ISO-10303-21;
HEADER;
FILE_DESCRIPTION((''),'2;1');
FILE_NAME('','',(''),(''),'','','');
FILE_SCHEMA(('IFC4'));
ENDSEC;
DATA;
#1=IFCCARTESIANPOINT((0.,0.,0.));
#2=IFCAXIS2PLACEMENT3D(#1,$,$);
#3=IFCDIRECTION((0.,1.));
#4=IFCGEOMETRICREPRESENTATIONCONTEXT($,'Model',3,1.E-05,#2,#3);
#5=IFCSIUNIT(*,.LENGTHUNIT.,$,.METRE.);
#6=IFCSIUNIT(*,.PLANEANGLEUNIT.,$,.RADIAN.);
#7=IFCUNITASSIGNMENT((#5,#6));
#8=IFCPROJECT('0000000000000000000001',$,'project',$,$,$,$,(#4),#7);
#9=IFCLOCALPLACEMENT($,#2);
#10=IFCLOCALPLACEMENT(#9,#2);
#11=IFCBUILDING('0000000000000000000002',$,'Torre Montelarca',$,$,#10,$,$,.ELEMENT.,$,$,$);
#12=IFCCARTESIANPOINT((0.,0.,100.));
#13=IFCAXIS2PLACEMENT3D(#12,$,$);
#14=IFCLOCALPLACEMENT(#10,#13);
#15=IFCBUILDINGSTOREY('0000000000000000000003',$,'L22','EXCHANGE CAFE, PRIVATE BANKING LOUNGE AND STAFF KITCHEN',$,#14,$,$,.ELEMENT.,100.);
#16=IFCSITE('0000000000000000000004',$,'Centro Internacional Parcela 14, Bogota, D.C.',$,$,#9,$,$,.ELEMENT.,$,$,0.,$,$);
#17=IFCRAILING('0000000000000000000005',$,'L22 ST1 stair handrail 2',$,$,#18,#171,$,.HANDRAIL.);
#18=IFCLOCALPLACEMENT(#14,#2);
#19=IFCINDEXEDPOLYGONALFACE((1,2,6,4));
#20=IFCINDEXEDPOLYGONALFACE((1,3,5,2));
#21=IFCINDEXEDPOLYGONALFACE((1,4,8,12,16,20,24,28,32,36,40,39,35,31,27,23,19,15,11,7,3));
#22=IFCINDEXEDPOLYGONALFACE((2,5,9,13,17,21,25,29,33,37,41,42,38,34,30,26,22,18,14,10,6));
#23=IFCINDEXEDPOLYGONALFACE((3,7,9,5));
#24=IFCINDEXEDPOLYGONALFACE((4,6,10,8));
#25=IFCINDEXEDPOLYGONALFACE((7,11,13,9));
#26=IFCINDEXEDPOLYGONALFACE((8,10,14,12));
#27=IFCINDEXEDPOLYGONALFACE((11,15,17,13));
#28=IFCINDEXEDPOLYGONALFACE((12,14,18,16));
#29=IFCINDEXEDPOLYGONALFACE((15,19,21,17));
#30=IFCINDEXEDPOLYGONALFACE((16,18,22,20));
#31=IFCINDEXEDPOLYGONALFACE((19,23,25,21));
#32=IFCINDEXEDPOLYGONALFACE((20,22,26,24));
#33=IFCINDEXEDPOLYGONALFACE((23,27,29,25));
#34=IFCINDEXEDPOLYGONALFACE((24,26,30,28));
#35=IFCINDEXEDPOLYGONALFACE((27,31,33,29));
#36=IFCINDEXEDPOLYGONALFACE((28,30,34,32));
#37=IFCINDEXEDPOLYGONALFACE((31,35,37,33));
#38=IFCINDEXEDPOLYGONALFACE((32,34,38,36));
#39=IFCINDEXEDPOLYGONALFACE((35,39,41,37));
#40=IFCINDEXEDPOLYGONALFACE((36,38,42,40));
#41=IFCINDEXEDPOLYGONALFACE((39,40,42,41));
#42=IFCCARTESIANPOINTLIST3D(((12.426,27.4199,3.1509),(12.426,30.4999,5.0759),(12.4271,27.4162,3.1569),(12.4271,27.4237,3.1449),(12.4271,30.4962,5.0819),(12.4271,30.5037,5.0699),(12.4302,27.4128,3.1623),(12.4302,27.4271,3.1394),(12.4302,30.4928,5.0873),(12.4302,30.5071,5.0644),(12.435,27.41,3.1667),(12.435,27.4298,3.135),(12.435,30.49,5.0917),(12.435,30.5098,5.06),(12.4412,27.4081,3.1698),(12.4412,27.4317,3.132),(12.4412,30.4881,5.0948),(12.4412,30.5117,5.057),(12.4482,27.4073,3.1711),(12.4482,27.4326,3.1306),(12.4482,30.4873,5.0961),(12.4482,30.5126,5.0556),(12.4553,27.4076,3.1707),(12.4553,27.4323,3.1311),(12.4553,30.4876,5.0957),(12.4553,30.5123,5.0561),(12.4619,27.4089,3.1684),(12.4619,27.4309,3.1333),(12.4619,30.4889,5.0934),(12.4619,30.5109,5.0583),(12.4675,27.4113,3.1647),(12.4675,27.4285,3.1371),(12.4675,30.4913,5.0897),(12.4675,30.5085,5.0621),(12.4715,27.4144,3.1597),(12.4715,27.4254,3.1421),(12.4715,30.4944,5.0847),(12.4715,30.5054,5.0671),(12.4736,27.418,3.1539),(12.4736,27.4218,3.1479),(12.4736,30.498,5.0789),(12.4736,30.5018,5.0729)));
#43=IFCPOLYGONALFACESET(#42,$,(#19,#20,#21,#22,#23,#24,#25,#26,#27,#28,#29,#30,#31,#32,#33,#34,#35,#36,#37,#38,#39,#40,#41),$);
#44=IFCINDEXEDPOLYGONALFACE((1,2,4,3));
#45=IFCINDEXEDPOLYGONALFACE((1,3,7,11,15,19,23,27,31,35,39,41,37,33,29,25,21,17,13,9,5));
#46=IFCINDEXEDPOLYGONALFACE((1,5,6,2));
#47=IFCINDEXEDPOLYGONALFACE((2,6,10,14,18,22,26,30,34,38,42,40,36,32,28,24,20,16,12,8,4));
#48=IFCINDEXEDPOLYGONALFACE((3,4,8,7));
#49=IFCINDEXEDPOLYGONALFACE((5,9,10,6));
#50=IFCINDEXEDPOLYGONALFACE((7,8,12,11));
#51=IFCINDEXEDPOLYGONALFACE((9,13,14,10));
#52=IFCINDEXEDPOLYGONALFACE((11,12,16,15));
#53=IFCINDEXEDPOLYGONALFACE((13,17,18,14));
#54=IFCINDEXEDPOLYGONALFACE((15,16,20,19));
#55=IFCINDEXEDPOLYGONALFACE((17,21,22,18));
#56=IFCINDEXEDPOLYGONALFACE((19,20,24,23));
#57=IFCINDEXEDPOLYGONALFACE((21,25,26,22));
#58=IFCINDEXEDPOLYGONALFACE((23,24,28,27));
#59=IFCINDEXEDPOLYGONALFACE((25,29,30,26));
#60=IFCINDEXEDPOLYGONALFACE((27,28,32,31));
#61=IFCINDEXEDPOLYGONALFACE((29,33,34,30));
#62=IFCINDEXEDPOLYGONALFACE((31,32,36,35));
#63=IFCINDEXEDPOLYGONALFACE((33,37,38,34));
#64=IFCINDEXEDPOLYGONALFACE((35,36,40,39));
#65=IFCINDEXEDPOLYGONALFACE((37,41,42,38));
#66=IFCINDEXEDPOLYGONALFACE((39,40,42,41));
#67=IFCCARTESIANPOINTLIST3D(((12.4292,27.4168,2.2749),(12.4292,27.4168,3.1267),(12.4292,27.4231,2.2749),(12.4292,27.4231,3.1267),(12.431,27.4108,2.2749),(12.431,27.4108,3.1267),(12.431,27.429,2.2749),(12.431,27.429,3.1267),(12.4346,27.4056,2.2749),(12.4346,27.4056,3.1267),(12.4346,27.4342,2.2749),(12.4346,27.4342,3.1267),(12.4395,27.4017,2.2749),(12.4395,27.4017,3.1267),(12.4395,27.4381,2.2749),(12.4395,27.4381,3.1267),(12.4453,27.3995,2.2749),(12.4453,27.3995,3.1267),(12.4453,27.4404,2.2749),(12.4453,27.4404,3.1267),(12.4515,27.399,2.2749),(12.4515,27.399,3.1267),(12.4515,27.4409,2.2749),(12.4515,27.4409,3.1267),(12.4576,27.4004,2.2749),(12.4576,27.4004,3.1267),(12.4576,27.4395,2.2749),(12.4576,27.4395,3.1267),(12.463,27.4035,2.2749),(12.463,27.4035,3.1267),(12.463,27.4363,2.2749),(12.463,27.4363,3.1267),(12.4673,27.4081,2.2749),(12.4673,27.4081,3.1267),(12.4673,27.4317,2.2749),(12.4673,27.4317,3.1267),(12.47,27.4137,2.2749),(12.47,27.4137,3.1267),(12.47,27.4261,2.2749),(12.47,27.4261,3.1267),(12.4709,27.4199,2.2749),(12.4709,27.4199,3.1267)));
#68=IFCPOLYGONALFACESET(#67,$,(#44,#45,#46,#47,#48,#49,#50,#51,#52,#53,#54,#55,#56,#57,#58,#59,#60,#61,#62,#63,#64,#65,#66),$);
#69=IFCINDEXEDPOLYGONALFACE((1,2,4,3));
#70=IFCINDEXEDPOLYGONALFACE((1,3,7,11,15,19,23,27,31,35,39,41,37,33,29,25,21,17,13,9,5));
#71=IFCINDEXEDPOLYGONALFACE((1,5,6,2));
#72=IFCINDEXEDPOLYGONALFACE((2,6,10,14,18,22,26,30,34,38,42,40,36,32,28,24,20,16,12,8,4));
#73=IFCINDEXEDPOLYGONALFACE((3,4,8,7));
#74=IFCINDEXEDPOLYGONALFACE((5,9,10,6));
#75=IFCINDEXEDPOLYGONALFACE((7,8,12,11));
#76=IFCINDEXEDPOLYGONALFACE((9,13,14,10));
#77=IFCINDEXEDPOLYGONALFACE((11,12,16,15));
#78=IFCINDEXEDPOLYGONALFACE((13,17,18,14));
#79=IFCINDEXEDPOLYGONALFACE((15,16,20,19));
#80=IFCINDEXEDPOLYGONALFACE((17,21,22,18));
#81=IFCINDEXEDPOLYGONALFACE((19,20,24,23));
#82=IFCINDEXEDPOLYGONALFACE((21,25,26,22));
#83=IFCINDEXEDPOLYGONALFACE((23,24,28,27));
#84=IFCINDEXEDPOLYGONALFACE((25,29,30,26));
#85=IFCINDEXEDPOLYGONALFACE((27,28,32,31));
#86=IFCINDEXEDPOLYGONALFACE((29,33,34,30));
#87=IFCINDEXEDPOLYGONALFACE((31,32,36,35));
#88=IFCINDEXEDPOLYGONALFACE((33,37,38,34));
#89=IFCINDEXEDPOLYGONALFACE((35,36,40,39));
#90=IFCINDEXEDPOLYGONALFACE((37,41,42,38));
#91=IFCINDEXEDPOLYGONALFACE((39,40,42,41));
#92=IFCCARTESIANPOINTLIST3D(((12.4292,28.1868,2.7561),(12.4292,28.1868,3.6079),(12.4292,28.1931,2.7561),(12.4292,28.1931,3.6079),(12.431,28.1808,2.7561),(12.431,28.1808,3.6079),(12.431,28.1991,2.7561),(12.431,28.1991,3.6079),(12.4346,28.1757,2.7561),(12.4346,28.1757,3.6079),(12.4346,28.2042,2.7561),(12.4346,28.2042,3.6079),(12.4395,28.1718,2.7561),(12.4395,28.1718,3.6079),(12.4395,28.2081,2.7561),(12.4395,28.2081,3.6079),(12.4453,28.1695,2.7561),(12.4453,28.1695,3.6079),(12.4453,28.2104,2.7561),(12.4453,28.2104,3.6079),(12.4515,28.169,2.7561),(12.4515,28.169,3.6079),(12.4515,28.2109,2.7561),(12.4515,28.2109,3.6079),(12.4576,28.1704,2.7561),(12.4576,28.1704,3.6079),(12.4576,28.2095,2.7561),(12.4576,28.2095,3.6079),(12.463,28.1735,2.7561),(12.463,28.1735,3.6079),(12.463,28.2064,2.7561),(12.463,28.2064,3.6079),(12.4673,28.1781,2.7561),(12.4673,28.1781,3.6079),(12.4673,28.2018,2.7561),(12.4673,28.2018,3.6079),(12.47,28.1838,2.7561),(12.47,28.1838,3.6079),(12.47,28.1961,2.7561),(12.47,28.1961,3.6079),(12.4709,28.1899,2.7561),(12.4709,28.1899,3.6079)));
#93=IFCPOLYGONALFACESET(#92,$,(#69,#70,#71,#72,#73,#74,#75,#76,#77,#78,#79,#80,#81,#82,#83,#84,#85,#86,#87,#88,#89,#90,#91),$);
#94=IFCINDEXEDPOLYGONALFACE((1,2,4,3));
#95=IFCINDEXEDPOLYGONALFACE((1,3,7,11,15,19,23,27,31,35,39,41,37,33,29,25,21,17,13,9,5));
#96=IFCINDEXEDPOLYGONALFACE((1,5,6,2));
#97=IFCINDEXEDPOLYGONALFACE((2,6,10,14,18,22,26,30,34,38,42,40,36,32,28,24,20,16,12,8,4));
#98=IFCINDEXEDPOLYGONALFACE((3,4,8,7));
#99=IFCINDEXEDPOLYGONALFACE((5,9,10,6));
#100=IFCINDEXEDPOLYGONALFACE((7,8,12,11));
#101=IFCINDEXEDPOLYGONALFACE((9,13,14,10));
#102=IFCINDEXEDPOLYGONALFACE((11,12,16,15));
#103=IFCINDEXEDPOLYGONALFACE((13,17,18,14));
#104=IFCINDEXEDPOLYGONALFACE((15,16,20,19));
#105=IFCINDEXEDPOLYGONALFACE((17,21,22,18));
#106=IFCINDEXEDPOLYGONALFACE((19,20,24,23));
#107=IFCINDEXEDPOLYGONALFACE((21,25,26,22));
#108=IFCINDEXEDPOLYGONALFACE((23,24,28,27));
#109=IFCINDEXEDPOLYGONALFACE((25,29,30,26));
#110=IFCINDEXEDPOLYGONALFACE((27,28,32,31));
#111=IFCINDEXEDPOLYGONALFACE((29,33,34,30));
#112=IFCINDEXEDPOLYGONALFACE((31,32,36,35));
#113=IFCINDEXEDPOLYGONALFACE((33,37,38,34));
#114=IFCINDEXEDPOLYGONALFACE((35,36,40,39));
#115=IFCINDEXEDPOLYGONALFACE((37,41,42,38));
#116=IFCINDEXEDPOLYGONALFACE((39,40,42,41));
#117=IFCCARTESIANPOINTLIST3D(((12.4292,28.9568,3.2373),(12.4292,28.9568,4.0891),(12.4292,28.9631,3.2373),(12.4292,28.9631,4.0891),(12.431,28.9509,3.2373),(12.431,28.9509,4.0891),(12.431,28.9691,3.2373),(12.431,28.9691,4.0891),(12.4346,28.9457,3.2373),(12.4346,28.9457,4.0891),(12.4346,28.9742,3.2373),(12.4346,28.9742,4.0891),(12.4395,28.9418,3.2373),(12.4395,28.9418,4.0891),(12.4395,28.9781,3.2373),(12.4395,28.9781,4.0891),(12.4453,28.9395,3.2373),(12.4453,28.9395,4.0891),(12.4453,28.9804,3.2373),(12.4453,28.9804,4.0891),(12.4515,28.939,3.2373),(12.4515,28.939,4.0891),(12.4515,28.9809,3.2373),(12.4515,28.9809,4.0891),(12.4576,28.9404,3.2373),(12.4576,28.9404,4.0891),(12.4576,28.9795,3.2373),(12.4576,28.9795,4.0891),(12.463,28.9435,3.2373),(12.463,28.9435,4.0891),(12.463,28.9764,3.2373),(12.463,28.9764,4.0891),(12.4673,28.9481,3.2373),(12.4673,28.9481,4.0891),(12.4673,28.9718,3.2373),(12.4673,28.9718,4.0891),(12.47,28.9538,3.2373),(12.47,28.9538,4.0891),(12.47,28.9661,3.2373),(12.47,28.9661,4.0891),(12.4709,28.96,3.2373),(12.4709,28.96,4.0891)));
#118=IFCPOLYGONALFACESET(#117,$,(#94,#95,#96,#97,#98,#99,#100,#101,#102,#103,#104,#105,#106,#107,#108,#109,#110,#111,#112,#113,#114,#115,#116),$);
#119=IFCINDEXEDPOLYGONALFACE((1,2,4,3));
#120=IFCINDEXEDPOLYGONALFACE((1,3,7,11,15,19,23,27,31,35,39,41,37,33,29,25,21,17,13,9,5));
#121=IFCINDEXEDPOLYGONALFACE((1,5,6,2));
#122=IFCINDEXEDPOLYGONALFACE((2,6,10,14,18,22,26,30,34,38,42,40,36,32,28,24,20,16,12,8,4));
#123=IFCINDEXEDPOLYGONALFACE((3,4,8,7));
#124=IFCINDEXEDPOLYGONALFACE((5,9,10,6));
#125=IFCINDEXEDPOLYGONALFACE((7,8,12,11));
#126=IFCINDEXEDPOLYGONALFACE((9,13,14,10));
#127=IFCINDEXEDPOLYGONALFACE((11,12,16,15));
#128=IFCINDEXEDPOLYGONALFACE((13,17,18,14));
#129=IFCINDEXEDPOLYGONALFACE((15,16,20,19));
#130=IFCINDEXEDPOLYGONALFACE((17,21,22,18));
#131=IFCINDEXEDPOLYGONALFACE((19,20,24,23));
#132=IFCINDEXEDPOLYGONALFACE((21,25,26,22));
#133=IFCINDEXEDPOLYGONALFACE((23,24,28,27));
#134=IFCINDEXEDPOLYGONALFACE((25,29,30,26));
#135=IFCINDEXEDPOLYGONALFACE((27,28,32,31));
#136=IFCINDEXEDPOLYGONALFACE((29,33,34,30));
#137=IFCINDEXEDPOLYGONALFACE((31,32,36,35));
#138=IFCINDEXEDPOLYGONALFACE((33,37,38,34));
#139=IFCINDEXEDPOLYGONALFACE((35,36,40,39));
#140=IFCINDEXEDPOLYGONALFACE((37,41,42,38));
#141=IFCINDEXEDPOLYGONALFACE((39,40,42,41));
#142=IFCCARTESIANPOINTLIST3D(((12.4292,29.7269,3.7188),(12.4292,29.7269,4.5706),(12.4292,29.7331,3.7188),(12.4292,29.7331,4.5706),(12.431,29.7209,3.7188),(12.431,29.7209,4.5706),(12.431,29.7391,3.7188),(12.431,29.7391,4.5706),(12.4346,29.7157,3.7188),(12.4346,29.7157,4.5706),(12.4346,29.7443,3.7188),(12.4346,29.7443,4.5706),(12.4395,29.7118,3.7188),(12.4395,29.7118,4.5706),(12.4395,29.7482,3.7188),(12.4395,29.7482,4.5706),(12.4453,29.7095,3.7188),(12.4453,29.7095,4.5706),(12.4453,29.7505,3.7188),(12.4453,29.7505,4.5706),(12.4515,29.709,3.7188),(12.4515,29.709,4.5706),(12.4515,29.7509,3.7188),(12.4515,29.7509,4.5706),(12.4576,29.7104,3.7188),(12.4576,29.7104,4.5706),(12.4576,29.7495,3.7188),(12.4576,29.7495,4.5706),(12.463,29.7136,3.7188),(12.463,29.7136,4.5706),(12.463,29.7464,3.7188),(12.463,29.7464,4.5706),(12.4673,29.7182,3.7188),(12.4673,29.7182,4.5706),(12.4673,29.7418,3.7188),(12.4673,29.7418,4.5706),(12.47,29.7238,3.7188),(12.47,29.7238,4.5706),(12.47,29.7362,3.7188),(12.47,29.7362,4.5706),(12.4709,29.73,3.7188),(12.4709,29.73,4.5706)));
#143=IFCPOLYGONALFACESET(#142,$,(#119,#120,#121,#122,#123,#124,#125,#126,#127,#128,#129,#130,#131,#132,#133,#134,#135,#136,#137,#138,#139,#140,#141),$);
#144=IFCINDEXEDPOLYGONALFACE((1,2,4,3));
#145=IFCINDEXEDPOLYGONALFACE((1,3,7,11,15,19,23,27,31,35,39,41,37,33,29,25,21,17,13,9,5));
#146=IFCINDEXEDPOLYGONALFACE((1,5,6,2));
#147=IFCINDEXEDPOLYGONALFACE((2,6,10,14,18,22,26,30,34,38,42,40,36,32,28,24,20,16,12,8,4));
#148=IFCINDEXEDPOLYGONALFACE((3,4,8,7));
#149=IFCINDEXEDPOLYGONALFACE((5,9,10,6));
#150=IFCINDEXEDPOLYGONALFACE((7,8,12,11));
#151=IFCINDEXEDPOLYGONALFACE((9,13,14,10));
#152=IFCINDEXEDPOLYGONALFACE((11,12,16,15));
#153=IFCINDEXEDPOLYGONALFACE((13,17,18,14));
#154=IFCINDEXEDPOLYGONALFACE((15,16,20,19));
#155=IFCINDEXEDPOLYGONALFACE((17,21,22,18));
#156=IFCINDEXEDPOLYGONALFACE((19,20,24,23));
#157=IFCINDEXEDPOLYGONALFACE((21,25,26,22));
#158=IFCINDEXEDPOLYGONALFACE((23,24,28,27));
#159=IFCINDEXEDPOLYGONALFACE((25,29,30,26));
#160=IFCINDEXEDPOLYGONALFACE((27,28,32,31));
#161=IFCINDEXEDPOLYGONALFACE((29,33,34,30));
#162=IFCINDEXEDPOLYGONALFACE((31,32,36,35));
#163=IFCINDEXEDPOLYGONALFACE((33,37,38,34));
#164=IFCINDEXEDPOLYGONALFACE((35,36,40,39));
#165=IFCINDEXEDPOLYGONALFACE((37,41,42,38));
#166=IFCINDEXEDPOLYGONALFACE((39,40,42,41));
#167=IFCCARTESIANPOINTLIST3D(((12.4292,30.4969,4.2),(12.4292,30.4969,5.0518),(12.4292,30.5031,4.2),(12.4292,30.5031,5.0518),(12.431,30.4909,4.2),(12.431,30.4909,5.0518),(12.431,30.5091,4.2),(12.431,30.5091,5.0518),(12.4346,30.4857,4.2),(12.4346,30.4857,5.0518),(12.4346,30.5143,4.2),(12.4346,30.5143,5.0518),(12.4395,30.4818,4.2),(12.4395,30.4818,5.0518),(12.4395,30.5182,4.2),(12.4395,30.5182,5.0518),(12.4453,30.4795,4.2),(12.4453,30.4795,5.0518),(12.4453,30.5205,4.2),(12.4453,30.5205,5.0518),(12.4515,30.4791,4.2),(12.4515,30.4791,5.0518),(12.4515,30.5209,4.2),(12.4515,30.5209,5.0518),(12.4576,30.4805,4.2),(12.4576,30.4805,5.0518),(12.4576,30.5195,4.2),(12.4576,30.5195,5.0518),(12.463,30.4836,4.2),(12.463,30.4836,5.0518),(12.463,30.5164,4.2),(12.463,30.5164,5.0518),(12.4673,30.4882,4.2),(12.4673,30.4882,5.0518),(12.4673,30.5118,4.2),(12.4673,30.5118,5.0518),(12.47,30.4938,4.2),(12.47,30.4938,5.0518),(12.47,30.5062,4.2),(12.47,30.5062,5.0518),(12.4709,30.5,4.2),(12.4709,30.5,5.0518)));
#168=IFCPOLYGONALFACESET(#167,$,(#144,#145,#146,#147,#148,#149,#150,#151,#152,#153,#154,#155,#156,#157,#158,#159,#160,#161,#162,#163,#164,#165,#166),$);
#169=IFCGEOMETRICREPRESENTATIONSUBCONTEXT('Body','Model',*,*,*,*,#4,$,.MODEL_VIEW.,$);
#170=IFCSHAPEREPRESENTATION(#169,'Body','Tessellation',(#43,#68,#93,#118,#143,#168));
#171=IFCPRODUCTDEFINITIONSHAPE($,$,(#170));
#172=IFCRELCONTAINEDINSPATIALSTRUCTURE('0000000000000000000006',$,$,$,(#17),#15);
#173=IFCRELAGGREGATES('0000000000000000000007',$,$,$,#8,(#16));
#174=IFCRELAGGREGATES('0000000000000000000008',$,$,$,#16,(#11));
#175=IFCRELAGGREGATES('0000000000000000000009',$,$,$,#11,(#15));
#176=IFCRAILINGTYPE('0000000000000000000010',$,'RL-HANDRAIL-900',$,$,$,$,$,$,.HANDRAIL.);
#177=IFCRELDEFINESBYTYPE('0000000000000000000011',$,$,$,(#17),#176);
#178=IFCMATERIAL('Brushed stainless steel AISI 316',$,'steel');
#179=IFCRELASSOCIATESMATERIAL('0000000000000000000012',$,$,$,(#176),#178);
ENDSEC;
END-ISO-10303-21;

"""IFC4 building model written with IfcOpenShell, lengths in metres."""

from ifc_helpers import new_model, si_unit, direction, frame, origin, origin_2d, place, context, subcontext, project, spatial, circle, extrude, material, type_object, element, save


model = new_model("IFC4")

# Units and contexts
model_context = context("Model", 3, precision=1e-05, world=origin(), true_north=direction((0.0, 1.0)))
body_context = subcontext(model_context, "Body", "Model", "MODEL_VIEW")
ifc_project = project(units=[si_unit("LENGTHUNIT", "METRE"), si_unit("PLANEANGLEUNIT", "RADIAN")], contexts=[model_context])

# Site, building, storey
site_placement = place(None, origin())
site = spatial("IfcSite", under=ifc_project, at=site_placement, Name="Centro Internacional Parcela 14, Bogota, D.C.", CompositionType="ELEMENT", RefElevation=0.0)
building_placement = place(site_placement, origin())
building = spatial("IfcBuilding", under=site, at=building_placement, Name="Torre Montelarca", CompositionType="ELEMENT")
storey_placement = place(building_placement, frame((0.0, 0.0, 100.0)))
storey = spatial("IfcBuildingStorey", under=building, at=storey_placement, Name="L22", Description="EXCHANGE CAFE, PRIVATE BANKING LOUNGE AND STAFF KITCHEN", CompositionType="ELEMENT", Elevation=100.0)

# Shared definitions
ifc_material_1 = material(Name="Brushed stainless steel AISI 316", Category="steel")

# Railing
railing_type_1 = type_object("IfcRailingType", Name="RL-HANDRAIL-900", PredefinedType="HANDRAIL", material=ifc_material_1)
railing_1_placement = place(storey_placement, frame((12.45, 27.4199, 2.2749)))
element("IfcRailing", 1, at=railing_1_placement, inside=storey, type_object=railing_type_1, Name="L22 ST1 stair handrail 2", PredefinedType="HANDRAIL", context=body_context, shape_type="SweptSolid", body=[
    extrude(circle(Radius=0.0239, at=origin_2d()), frame((0.0, 0.0, 0.876), z_axis=(0.0, 0.847998, 0.529999), x_axis=(-1.0, 0.0, 0.0)), (0.0, 0.0, 1.0), 3.6321),
    extrude(circle(Radius=0.021, at=origin_2d()), origin(), (0.0, 0.0, 1.0), 0.8518),
    extrude(circle(Radius=0.021, at=origin_2d()), frame((0.0, 0.77, 0.4812)), (0.0, 0.0, 1.0), 0.8518),
    extrude(circle(Radius=0.021, at=origin_2d()), frame((0.0, 1.54, 0.9624)), (0.0, 0.0, 1.0), 0.8518),
    extrude(circle(Radius=0.021, at=origin_2d()), frame((0.0, 2.3101, 1.4438)), (0.0, 0.0, 1.0), 0.8518),
    extrude(circle(Radius=0.021, at=origin_2d()), frame((0.0, 3.0801, 1.925)), (0.0, 0.0, 1.0), 0.8518),
])

save(model, "model.ifc")
